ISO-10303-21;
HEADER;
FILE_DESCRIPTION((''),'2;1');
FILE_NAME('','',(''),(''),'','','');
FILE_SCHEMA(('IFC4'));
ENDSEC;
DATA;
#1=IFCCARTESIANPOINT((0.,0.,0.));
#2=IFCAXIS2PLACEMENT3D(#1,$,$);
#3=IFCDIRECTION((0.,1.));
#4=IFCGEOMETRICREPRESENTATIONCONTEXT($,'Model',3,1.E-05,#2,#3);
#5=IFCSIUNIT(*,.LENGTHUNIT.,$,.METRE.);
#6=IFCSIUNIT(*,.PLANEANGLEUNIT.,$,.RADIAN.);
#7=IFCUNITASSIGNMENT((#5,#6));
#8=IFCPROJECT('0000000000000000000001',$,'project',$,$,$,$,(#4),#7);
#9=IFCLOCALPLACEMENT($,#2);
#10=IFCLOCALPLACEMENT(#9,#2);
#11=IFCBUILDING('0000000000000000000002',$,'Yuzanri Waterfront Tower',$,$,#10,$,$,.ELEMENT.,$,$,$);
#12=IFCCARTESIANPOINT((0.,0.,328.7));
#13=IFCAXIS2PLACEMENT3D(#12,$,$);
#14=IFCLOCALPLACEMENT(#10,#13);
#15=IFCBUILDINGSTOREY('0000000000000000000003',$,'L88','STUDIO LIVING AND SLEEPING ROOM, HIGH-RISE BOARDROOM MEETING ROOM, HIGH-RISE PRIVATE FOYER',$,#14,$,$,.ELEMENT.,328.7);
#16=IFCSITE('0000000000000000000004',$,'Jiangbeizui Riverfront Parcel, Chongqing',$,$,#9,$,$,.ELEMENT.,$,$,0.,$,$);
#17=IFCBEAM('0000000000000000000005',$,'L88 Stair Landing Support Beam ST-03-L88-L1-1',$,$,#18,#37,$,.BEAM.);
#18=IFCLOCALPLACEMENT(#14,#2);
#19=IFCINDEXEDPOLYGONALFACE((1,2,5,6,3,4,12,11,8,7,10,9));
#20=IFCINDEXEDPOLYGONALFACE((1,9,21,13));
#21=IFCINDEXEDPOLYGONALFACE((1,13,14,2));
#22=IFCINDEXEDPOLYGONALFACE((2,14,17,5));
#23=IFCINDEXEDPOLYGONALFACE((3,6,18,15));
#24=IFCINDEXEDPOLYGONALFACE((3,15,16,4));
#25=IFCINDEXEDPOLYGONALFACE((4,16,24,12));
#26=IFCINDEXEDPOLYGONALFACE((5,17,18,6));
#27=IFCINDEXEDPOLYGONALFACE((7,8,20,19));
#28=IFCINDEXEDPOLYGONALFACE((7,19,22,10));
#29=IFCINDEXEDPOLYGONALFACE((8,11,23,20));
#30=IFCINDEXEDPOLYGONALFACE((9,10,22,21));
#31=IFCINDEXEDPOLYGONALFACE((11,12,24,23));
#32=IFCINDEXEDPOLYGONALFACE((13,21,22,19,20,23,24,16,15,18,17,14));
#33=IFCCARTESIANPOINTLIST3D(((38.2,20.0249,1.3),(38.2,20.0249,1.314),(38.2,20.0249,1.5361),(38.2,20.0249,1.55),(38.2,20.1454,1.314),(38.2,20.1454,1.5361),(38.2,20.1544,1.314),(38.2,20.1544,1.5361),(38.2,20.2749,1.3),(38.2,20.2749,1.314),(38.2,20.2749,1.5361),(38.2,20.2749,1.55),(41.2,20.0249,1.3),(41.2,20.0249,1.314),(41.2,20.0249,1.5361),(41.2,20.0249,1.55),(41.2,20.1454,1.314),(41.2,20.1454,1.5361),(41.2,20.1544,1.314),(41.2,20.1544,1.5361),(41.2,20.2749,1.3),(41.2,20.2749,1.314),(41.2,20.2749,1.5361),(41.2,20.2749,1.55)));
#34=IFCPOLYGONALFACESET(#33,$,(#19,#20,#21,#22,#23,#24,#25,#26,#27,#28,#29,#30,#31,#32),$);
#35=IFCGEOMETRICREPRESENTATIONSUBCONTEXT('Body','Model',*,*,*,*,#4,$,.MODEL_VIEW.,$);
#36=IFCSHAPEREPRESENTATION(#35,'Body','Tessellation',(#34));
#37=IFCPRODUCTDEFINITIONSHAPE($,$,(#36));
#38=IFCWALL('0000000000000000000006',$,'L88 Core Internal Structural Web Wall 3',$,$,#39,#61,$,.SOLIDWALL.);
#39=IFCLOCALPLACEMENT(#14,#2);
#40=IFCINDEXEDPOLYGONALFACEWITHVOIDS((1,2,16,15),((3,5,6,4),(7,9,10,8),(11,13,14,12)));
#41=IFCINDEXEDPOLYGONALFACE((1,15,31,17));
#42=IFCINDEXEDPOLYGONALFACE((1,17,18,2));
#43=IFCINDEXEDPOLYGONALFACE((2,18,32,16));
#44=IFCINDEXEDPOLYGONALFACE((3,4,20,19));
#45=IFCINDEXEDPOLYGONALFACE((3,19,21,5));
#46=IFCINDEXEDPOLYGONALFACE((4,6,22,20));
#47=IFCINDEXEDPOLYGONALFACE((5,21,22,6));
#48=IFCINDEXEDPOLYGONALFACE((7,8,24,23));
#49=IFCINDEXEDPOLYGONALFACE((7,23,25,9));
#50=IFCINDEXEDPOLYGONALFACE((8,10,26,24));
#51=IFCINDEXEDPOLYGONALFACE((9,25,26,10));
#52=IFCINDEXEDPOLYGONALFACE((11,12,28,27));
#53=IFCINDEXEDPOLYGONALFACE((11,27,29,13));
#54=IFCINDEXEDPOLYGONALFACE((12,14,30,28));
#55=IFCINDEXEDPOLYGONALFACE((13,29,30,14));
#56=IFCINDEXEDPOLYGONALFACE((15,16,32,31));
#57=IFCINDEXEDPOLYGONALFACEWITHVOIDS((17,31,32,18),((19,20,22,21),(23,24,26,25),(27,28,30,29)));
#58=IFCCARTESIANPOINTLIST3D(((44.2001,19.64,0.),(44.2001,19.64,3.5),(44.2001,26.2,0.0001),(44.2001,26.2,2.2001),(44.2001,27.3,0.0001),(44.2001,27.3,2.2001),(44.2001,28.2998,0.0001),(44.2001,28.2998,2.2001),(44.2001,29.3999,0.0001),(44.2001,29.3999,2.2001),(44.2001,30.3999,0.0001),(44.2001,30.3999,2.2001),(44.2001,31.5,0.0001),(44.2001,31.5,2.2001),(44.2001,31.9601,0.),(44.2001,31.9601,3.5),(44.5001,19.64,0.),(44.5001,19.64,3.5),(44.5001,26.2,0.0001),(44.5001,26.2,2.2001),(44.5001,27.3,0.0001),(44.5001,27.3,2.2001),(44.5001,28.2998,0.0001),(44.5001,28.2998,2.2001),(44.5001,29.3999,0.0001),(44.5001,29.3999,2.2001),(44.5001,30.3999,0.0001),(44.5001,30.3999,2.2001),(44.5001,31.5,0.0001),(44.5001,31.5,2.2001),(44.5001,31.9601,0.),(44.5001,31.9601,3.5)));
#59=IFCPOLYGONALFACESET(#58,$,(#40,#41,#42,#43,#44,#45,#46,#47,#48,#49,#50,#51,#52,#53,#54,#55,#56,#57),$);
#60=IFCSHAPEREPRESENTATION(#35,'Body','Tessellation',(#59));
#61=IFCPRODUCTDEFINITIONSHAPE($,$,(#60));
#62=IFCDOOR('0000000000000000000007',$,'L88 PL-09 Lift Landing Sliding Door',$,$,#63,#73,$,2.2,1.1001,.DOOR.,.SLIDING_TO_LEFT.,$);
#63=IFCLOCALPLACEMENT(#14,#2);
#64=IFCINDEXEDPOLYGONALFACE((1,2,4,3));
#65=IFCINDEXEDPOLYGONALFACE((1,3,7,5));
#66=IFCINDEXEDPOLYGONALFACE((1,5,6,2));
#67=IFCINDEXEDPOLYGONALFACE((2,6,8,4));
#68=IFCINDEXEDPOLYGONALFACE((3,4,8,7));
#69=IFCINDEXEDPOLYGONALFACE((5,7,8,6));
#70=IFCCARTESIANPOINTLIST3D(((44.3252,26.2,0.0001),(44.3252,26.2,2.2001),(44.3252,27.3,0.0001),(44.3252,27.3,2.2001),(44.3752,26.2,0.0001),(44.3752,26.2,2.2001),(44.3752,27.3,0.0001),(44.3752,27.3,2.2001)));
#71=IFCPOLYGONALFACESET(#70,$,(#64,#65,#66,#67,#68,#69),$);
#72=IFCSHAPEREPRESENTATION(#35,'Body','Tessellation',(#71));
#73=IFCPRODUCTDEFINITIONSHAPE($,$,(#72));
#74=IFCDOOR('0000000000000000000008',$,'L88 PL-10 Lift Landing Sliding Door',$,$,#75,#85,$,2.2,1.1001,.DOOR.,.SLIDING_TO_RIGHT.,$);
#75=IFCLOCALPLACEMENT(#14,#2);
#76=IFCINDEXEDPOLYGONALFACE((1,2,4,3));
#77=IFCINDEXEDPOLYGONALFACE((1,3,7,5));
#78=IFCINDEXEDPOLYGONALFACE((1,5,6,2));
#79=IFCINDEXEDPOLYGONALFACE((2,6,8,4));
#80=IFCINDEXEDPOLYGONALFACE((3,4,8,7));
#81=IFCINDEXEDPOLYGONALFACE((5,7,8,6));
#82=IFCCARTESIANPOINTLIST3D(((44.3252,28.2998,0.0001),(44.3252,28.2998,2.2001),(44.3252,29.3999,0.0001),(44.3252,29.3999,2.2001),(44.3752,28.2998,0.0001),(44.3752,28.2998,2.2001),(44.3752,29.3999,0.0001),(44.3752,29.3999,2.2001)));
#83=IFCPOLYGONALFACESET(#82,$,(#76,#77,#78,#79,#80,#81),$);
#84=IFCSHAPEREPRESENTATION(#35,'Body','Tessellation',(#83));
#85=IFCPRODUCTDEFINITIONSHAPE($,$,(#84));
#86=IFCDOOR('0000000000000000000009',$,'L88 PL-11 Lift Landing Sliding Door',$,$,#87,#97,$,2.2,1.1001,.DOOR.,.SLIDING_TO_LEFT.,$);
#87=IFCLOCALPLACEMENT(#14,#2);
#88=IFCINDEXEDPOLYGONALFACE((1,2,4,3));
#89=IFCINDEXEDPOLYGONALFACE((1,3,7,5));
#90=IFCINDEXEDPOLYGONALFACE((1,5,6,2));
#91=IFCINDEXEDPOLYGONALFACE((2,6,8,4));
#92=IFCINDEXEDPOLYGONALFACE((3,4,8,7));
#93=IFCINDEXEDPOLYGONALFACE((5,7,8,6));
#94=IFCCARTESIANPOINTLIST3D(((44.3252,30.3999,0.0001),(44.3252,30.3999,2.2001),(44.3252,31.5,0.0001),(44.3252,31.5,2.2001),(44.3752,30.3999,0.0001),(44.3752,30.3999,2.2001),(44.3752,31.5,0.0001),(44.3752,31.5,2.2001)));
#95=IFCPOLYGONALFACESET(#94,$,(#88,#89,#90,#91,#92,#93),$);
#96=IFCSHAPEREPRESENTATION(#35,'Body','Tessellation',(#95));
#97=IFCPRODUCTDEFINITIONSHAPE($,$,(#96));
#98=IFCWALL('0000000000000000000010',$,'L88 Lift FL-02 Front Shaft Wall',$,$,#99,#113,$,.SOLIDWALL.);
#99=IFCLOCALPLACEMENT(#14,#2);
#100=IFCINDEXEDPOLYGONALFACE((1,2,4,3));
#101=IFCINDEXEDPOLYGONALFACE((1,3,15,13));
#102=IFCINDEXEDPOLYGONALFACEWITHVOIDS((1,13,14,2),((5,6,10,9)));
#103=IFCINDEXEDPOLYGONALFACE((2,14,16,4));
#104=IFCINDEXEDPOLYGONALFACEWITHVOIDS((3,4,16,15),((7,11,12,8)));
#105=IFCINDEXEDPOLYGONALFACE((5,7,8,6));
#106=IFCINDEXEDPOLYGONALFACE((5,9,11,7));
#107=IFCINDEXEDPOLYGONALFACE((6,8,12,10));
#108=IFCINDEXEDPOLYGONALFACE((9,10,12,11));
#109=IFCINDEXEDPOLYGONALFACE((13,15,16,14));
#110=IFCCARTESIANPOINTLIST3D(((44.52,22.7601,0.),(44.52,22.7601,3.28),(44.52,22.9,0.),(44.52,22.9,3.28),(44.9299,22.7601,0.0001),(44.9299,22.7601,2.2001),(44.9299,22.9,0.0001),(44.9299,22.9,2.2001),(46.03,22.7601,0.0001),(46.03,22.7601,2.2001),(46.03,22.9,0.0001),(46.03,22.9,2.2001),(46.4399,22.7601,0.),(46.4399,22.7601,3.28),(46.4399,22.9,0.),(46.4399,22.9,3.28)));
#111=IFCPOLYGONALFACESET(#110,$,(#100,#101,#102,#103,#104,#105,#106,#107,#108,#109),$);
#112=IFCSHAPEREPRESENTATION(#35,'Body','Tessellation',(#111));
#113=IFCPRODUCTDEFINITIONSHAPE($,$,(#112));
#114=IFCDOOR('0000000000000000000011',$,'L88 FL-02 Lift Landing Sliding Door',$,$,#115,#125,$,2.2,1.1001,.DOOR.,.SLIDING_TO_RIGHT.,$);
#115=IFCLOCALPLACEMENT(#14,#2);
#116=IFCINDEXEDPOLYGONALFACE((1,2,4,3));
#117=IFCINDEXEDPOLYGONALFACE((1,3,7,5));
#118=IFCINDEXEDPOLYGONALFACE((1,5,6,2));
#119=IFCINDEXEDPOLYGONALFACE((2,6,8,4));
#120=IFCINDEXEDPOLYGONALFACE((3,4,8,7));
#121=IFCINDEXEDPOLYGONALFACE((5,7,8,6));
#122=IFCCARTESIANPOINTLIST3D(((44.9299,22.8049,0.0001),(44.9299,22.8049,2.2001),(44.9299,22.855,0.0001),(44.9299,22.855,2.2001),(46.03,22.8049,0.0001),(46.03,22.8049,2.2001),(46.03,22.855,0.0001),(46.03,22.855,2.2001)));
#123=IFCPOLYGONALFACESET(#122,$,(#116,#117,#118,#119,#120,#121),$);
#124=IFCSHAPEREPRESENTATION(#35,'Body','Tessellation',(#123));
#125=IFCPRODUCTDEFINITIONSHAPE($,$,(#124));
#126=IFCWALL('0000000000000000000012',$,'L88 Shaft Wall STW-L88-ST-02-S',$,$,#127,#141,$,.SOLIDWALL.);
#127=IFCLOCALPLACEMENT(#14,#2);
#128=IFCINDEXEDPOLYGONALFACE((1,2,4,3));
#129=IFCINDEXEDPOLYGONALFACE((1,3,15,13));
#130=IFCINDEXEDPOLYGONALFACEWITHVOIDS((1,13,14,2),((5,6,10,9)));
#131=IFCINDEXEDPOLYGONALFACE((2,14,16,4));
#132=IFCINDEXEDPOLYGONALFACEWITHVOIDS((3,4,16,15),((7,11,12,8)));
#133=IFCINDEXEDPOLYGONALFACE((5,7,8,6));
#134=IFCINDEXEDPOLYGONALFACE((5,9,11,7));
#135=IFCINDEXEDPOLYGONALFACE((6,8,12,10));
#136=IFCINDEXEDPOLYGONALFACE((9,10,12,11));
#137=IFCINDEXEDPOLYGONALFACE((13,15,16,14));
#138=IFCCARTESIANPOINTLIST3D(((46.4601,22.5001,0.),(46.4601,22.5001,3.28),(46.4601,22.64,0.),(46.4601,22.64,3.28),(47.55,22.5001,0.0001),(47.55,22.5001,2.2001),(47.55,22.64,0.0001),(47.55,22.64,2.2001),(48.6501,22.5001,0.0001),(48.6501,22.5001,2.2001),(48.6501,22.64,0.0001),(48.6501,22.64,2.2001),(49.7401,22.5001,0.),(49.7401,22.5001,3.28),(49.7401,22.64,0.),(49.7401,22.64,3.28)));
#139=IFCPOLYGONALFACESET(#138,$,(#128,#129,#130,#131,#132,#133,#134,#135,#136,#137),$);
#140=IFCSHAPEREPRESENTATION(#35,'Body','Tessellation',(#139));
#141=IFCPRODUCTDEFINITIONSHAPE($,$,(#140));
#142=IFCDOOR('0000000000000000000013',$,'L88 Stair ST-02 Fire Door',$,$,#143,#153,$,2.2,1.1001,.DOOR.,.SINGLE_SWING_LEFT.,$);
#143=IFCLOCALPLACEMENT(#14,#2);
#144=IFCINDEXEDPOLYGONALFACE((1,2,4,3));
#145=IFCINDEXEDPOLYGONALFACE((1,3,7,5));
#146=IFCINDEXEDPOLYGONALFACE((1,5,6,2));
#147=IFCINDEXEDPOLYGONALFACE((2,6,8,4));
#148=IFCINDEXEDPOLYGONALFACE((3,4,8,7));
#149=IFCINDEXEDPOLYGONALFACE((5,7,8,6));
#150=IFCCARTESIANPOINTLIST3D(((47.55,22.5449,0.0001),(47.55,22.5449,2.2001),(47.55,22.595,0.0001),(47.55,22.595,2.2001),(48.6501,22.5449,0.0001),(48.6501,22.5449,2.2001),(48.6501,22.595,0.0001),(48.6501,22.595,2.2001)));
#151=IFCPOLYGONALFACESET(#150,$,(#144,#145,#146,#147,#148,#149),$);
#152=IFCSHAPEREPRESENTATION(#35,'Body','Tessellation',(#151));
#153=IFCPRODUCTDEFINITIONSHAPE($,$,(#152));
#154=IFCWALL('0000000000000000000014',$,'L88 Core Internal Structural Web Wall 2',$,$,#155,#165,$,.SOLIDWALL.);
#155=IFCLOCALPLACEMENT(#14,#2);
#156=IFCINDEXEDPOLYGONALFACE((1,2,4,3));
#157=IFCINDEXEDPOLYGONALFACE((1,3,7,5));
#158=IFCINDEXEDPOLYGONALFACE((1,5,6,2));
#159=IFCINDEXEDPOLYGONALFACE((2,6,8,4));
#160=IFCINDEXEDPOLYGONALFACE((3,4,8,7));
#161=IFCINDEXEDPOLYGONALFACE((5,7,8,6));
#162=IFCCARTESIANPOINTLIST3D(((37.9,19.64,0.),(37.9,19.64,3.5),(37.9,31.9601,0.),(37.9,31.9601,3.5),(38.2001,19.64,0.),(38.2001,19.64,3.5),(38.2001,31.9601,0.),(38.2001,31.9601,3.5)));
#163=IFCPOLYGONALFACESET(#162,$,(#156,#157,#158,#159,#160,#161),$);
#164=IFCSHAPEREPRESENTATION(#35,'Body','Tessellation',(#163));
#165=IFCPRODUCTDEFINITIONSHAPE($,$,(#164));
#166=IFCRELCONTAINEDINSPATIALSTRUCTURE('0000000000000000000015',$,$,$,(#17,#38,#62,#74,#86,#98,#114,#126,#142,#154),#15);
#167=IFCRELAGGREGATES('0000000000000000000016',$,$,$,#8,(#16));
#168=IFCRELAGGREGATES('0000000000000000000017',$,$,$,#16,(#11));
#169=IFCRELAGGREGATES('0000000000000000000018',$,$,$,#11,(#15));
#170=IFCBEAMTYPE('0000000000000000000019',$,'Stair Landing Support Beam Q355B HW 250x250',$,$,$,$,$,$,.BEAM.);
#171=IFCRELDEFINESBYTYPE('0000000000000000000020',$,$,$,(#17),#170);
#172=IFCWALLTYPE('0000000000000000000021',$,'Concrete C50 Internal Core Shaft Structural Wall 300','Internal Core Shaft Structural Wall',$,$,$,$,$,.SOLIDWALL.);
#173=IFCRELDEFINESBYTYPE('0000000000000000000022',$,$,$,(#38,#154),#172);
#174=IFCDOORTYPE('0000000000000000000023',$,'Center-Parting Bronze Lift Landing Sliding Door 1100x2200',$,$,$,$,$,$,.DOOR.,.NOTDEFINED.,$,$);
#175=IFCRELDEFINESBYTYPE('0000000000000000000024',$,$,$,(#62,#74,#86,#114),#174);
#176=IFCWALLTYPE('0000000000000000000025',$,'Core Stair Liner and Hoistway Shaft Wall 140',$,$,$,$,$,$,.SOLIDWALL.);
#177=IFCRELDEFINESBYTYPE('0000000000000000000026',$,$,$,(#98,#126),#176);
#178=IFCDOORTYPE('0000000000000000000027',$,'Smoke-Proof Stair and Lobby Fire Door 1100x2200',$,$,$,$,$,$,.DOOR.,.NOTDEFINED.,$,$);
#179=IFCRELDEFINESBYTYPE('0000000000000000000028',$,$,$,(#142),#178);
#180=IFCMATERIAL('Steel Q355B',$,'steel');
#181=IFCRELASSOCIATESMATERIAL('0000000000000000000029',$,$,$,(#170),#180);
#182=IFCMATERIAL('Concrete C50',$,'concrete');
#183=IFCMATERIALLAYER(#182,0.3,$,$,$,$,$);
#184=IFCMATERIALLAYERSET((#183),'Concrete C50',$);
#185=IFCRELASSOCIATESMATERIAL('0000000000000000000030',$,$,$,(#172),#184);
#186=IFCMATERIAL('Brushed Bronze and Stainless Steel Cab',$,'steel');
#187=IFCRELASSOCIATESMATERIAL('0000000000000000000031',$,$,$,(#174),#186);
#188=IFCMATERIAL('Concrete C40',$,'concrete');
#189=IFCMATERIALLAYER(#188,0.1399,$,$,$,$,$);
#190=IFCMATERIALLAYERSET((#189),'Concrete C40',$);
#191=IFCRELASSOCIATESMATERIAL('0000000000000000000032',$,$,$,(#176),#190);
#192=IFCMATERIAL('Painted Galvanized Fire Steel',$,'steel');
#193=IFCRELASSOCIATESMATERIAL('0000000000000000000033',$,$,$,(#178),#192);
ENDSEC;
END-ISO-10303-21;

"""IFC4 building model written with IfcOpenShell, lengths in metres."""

from ifc_helpers import new_model, si_unit, direction, frame, frame_2d, origin, origin_2d, place, context, subcontext, project, spatial, rectangle, i_section, extrude, source, transform, mapped, material, layer, layer_set, material_profile, profile_set, type_object, element, fill, save


model = new_model("IFC4")

# Units and contexts
model_context = context("Model", 3, precision=1e-05, world=origin(), true_north=direction((0.0, 1.0)))
body_context = subcontext(model_context, "Body", "Model", "MODEL_VIEW")
ifc_project = project(units=[si_unit("LENGTHUNIT", "METRE"), si_unit("PLANEANGLEUNIT", "RADIAN")], contexts=[model_context])

# Site, building, storey
site_placement = place(None, origin())
site = spatial("IfcSite", under=ifc_project, at=site_placement, Name="Jiangbeizui Riverfront Parcel, Chongqing", CompositionType="ELEMENT", RefElevation=0.0)
building_placement = place(site_placement, origin())
building = spatial("IfcBuilding", under=site, at=building_placement, Name="Yuzanri Waterfront Tower", CompositionType="ELEMENT")
storey_placement = place(building_placement, frame((0.0, 0.0, 328.7)))
storey = spatial("IfcBuildingStorey", under=building, at=storey_placement, Name="L88", Description="STUDIO LIVING AND SLEEPING ROOM, HIGH-RISE BOARDROOM MEETING ROOM, HIGH-RISE PRIVATE FOYER", CompositionType="ELEMENT", Elevation=328.7)

# Beam
ifc_material_1 = material(Name="Steel Q355B", Category="steel")
ifc_material_profile = material_profile(ifc_material_1, i_section(OverallWidth=0.25, OverallDepth=0.25, WebThickness=0.009, FlangeThickness=0.0139, at=origin_2d()), Name="HW 250x250x9x14")
ifc_profile_set = profile_set([ifc_material_profile], Name="Steel Q355B")
beam_type = type_object("IfcBeamType", Name="Stair Landing Support Beam Q355B HW 250x250", PredefinedType="BEAM", material=ifc_profile_set)
shared_shape_1 = source(origin(), body_context, "Body", "SweptSolid", [
    extrude(i_section(OverallWidth=0.25, OverallDepth=0.25, WebThickness=0.009, FlangeThickness=0.0139, at=origin_2d()), origin(), (0.0, 0.0, 1.0), 3.0),
])
beam_placement = place(storey_placement, frame((38.2, 20.1499, 1.425), z_axis=(1.0, 0.0, 0.0), x_axis=(0.0, 1.0, 0.0)))
element("IfcBeam", 1, at=beam_placement, inside=storey, type_object=beam_type, Name="L88 Stair Landing Support Beam ST-03-L88-L1-1", PredefinedType="BEAM", context=body_context, shape_type="MappedRepresentation", body=[
    mapped(shared_shape_1, transform((0.0, 0.0, 0.0), scale=1.0)),
])

# Wall, openings, doors
ifc_material_2 = material(Name="Concrete C50", Category="concrete")
ifc_layer_1 = layer(ifc_material_2, 0.3)
ifc_layer_set_1 = layer_set([ifc_layer_1], Name="Concrete C50")
wall_type_1 = type_object("IfcWallType", Name="Concrete C50 Internal Core Shaft Structural Wall 300", Description="Internal Core Shaft Structural Wall", PredefinedType="SOLIDWALL", material=ifc_layer_set_1)
wall_1_placement = place(storey_placement, frame((44.3501, 19.6399, 0.0), z_axis=(0.0, 0.0, 1.0), x_axis=(0.0, 1.0, 0.0)))
wall_1 = element("IfcWall", 2, at=wall_1_placement, inside=storey, type_object=wall_type_1, Name="L88 Core Internal Structural Web Wall 3", PredefinedType="SOLIDWALL", context=body_context, shape_type="SweptSolid", body=[
    extrude(rectangle(XDim=12.3201, YDim=0.3, at=frame_2d((6.1602, 0.0))), origin(), (0.0, 0.0, 1.0), 3.5),
])
opening_1_placement = place(wall_1_placement, frame((6.5601, 0.0, 0.0)))
opening_1 = element("IfcOpeningElement", 3, at=opening_1_placement, cuts=wall_1, PredefinedType="OPENING", context=body_context, shape_type="SweptSolid", body=[
    extrude(rectangle(XDim=1.1001, YDim=2.2, at=frame_2d((0.55, 1.1001))), frame((0.0, 0.165, 0.0), z_axis=(0.0, -1.0, 0.0), x_axis=(1.0, 0.0, 0.0)), (0.0, 0.0, 1.0), 0.3298),
])
opening_2_placement = place(wall_1_placement, frame((8.6599, 0.0, 0.0)))
opening_2 = element("IfcOpeningElement", 4, at=opening_2_placement, cuts=wall_1, PredefinedType="OPENING", context=body_context, shape_type="SweptSolid", body=[
    extrude(rectangle(XDim=1.1001, YDim=2.2, at=frame_2d((0.55, 1.1001))), frame((0.0, 0.165, 0.0), z_axis=(0.0, -1.0, 0.0), x_axis=(1.0, 0.0, 0.0)), (0.0, 0.0, 1.0), 0.3298),
])
opening_3_placement = place(wall_1_placement, frame((10.76, 0.0, 0.0)))
opening_3 = element("IfcOpeningElement", 5, at=opening_3_placement, cuts=wall_1, PredefinedType="OPENING", context=body_context, shape_type="SweptSolid", body=[
    extrude(rectangle(XDim=1.1001, YDim=2.2, at=frame_2d((0.55, 1.1001))), frame((0.0, 0.165, 0.0), z_axis=(0.0, -1.0, 0.0), x_axis=(1.0, 0.0, 0.0)), (0.0, 0.0, 1.0), 0.3298),
])
ifc_material_3 = material(Name="Brushed Bronze and Stainless Steel Cab", Category="steel")
door_type_1 = type_object("IfcDoorType", Name="Center-Parting Bronze Lift Landing Sliding Door 1100x2200", OperationType="NOTDEFINED", PredefinedType="DOOR", material=ifc_material_3)
shared_shape_2 = source(origin(), body_context, "Body", "SweptSolid", [
    extrude(rectangle(XDim=1.1001, YDim=2.2, at=frame_2d((0.55, 1.1001))), frame((0.0, 0.0249, 0.0), z_axis=(0.0, -1.0, 0.0), x_axis=(1.0, 0.0, 0.0)), (0.0, 0.0, 1.0), 0.05),
])
door_1_placement = place(opening_1_placement, origin())
door_1 = element("IfcDoor", 6, at=door_1_placement, inside=storey, type_object=door_type_1, Name="L88 PL-09 Lift Landing Sliding Door", OperationType="SLIDING_TO_LEFT", OverallHeight=2.2, OverallWidth=1.1001, PredefinedType="DOOR", context=body_context, shape_type="MappedRepresentation", body=[
    mapped(shared_shape_2, transform((0.0, 0.0, 0.0), scale=1.0)),
])
fill(opening_1, door_1)
door_2_placement = place(opening_2_placement, origin())
door_2 = element("IfcDoor", 7, at=door_2_placement, inside=storey, type_object=door_type_1, Name="L88 PL-10 Lift Landing Sliding Door", OperationType="SLIDING_TO_RIGHT", OverallHeight=2.2, OverallWidth=1.1001, PredefinedType="DOOR", context=body_context, shape_type="MappedRepresentation", body=[
    mapped(shared_shape_2, transform((0.0, 0.0, 0.0), scale=1.0)),
])
fill(opening_2, door_2)
door_3_placement = place(opening_3_placement, origin())
door_3 = element("IfcDoor", 8, at=door_3_placement, inside=storey, type_object=door_type_1, Name="L88 PL-11 Lift Landing Sliding Door", OperationType="SLIDING_TO_LEFT", OverallHeight=2.2, OverallWidth=1.1001, PredefinedType="DOOR", context=body_context, shape_type="MappedRepresentation", body=[
    mapped(shared_shape_2, transform((0.0, 0.0, 0.0), scale=1.0)),
])
fill(opening_3, door_3)

# Walls, openings, doors
ifc_material_4 = material(Name="Concrete C40", Category="concrete")
ifc_layer_2 = layer(ifc_material_4, 0.1399)
ifc_layer_set_2 = layer_set([ifc_layer_2], Name="Concrete C40")
wall_type_2 = type_object("IfcWallType", Name="Core Stair Liner and Hoistway Shaft Wall 140", PredefinedType="SOLIDWALL", material=ifc_layer_set_2)
wall_2_placement = place(storey_placement, frame((44.52, 22.8301, 0.0), z_axis=(0.0, 0.0, 1.0), x_axis=(1.0, 0.0, 0.0)))
wall_2 = element("IfcWall", 9, at=wall_2_placement, inside=storey, type_object=wall_type_2, Name="L88 Lift FL-02 Front Shaft Wall", PredefinedType="SOLIDWALL", context=body_context, shape_type="SweptSolid", body=[
    extrude(rectangle(XDim=1.9199, YDim=0.1399, at=frame_2d((0.96, 0.0))), origin(), (0.0, 0.0, 1.0), 3.28),
])
opening_4_placement = place(wall_2_placement, frame((0.4099, 0.0, 0.0)))
opening_4 = element("IfcOpeningElement", 10, at=opening_4_placement, cuts=wall_2, PredefinedType="OPENING", context=body_context, shape_type="SweptSolid", body=[
    extrude(rectangle(XDim=1.1001, YDim=2.2, at=frame_2d((0.55, 1.1001))), frame((0.0, 0.085, 0.0), z_axis=(0.0, -1.0, 0.0), x_axis=(1.0, 0.0, 0.0)), (0.0, 0.0, 1.0), 0.1697),
])
door_4_placement = place(opening_4_placement, origin())
door_4 = element("IfcDoor", 11, at=door_4_placement, inside=storey, type_object=door_type_1, Name="L88 FL-02 Lift Landing Sliding Door", OperationType="SLIDING_TO_RIGHT", OverallHeight=2.2, OverallWidth=1.1001, PredefinedType="DOOR", context=body_context, shape_type="MappedRepresentation", body=[
    mapped(shared_shape_2, transform((0.0, 0.0, 0.0), scale=1.0)),
])
fill(opening_4, door_4)
wall_3_placement = place(storey_placement, frame((46.46, 22.5701, 0.0), z_axis=(0.0, 0.0, 1.0), x_axis=(1.0, 0.0, 0.0)))
wall_3 = element("IfcWall", 12, at=wall_3_placement, inside=storey, type_object=wall_type_2, Name="L88 Shaft Wall STW-L88-ST-02-S", PredefinedType="SOLIDWALL", context=body_context, shape_type="SweptSolid", body=[
    extrude(rectangle(XDim=3.28, YDim=0.1399, at=frame_2d((1.6401, 0.0))), origin(), (0.0, 0.0, 1.0), 3.28),
])
opening_5_placement = place(wall_3_placement, frame((1.0901, 0.0, 0.0)))
opening_5 = element("IfcOpeningElement", 13, at=opening_5_placement, cuts=wall_3, PredefinedType="OPENING", context=body_context, shape_type="SweptSolid", body=[
    extrude(rectangle(XDim=1.1001, YDim=2.2, at=frame_2d((0.55, 1.1001))), frame((0.0, 0.085, 0.0), z_axis=(0.0, -1.0, 0.0), x_axis=(1.0, 0.0, 0.0)), (0.0, 0.0, 1.0), 0.1697),
])
ifc_material_5 = material(Name="Painted Galvanized Fire Steel", Category="steel")
door_type_2 = type_object("IfcDoorType", Name="Smoke-Proof Stair and Lobby Fire Door 1100x2200", OperationType="NOTDEFINED", PredefinedType="DOOR", material=ifc_material_5)
shared_shape_3 = source(origin(), body_context, "Body", "SweptSolid", [
    extrude(rectangle(XDim=1.1001, YDim=2.2, at=frame_2d((0.55, 1.1001))), frame((0.0, 0.0249, 0.0), z_axis=(0.0, -1.0, 0.0), x_axis=(1.0, 0.0, 0.0)), (0.0, 0.0, 1.0), 0.05),
])
door_5_placement = place(opening_5_placement, origin())
door_5 = element("IfcDoor", 14, at=door_5_placement, inside=storey, type_object=door_type_2, Name="L88 Stair ST-02 Fire Door", OperationType="SINGLE_SWING_LEFT", OverallHeight=2.2, OverallWidth=1.1001, PredefinedType="DOOR", context=body_context, shape_type="MappedRepresentation", body=[
    mapped(shared_shape_3, transform((0.0, 0.0, 0.0), scale=1.0)),
])
fill(opening_5, door_5)

# Wall
shared_shape_4 = source(origin(), body_context, "Body", "SweptSolid", [
    extrude(rectangle(XDim=12.3201, YDim=0.3, at=frame_2d((6.1602, 0.0))), origin(), (0.0, 0.0, 1.0), 3.5),
])
wall_4_placement = place(storey_placement, frame((38.05, 19.6399, 0.0), z_axis=(0.0, 0.0, 1.0), x_axis=(0.0, 1.0, 0.0)))
element("IfcWall", 15, at=wall_4_placement, inside=storey, type_object=wall_type_1, Name="L88 Core Internal Structural Web Wall 2", PredefinedType="SOLIDWALL", context=body_context, shape_type="MappedRepresentation", body=[
    mapped(shared_shape_4, transform((0.0, 0.0, 0.0), scale=1.0)),
])

save(model, "model.ifc")
